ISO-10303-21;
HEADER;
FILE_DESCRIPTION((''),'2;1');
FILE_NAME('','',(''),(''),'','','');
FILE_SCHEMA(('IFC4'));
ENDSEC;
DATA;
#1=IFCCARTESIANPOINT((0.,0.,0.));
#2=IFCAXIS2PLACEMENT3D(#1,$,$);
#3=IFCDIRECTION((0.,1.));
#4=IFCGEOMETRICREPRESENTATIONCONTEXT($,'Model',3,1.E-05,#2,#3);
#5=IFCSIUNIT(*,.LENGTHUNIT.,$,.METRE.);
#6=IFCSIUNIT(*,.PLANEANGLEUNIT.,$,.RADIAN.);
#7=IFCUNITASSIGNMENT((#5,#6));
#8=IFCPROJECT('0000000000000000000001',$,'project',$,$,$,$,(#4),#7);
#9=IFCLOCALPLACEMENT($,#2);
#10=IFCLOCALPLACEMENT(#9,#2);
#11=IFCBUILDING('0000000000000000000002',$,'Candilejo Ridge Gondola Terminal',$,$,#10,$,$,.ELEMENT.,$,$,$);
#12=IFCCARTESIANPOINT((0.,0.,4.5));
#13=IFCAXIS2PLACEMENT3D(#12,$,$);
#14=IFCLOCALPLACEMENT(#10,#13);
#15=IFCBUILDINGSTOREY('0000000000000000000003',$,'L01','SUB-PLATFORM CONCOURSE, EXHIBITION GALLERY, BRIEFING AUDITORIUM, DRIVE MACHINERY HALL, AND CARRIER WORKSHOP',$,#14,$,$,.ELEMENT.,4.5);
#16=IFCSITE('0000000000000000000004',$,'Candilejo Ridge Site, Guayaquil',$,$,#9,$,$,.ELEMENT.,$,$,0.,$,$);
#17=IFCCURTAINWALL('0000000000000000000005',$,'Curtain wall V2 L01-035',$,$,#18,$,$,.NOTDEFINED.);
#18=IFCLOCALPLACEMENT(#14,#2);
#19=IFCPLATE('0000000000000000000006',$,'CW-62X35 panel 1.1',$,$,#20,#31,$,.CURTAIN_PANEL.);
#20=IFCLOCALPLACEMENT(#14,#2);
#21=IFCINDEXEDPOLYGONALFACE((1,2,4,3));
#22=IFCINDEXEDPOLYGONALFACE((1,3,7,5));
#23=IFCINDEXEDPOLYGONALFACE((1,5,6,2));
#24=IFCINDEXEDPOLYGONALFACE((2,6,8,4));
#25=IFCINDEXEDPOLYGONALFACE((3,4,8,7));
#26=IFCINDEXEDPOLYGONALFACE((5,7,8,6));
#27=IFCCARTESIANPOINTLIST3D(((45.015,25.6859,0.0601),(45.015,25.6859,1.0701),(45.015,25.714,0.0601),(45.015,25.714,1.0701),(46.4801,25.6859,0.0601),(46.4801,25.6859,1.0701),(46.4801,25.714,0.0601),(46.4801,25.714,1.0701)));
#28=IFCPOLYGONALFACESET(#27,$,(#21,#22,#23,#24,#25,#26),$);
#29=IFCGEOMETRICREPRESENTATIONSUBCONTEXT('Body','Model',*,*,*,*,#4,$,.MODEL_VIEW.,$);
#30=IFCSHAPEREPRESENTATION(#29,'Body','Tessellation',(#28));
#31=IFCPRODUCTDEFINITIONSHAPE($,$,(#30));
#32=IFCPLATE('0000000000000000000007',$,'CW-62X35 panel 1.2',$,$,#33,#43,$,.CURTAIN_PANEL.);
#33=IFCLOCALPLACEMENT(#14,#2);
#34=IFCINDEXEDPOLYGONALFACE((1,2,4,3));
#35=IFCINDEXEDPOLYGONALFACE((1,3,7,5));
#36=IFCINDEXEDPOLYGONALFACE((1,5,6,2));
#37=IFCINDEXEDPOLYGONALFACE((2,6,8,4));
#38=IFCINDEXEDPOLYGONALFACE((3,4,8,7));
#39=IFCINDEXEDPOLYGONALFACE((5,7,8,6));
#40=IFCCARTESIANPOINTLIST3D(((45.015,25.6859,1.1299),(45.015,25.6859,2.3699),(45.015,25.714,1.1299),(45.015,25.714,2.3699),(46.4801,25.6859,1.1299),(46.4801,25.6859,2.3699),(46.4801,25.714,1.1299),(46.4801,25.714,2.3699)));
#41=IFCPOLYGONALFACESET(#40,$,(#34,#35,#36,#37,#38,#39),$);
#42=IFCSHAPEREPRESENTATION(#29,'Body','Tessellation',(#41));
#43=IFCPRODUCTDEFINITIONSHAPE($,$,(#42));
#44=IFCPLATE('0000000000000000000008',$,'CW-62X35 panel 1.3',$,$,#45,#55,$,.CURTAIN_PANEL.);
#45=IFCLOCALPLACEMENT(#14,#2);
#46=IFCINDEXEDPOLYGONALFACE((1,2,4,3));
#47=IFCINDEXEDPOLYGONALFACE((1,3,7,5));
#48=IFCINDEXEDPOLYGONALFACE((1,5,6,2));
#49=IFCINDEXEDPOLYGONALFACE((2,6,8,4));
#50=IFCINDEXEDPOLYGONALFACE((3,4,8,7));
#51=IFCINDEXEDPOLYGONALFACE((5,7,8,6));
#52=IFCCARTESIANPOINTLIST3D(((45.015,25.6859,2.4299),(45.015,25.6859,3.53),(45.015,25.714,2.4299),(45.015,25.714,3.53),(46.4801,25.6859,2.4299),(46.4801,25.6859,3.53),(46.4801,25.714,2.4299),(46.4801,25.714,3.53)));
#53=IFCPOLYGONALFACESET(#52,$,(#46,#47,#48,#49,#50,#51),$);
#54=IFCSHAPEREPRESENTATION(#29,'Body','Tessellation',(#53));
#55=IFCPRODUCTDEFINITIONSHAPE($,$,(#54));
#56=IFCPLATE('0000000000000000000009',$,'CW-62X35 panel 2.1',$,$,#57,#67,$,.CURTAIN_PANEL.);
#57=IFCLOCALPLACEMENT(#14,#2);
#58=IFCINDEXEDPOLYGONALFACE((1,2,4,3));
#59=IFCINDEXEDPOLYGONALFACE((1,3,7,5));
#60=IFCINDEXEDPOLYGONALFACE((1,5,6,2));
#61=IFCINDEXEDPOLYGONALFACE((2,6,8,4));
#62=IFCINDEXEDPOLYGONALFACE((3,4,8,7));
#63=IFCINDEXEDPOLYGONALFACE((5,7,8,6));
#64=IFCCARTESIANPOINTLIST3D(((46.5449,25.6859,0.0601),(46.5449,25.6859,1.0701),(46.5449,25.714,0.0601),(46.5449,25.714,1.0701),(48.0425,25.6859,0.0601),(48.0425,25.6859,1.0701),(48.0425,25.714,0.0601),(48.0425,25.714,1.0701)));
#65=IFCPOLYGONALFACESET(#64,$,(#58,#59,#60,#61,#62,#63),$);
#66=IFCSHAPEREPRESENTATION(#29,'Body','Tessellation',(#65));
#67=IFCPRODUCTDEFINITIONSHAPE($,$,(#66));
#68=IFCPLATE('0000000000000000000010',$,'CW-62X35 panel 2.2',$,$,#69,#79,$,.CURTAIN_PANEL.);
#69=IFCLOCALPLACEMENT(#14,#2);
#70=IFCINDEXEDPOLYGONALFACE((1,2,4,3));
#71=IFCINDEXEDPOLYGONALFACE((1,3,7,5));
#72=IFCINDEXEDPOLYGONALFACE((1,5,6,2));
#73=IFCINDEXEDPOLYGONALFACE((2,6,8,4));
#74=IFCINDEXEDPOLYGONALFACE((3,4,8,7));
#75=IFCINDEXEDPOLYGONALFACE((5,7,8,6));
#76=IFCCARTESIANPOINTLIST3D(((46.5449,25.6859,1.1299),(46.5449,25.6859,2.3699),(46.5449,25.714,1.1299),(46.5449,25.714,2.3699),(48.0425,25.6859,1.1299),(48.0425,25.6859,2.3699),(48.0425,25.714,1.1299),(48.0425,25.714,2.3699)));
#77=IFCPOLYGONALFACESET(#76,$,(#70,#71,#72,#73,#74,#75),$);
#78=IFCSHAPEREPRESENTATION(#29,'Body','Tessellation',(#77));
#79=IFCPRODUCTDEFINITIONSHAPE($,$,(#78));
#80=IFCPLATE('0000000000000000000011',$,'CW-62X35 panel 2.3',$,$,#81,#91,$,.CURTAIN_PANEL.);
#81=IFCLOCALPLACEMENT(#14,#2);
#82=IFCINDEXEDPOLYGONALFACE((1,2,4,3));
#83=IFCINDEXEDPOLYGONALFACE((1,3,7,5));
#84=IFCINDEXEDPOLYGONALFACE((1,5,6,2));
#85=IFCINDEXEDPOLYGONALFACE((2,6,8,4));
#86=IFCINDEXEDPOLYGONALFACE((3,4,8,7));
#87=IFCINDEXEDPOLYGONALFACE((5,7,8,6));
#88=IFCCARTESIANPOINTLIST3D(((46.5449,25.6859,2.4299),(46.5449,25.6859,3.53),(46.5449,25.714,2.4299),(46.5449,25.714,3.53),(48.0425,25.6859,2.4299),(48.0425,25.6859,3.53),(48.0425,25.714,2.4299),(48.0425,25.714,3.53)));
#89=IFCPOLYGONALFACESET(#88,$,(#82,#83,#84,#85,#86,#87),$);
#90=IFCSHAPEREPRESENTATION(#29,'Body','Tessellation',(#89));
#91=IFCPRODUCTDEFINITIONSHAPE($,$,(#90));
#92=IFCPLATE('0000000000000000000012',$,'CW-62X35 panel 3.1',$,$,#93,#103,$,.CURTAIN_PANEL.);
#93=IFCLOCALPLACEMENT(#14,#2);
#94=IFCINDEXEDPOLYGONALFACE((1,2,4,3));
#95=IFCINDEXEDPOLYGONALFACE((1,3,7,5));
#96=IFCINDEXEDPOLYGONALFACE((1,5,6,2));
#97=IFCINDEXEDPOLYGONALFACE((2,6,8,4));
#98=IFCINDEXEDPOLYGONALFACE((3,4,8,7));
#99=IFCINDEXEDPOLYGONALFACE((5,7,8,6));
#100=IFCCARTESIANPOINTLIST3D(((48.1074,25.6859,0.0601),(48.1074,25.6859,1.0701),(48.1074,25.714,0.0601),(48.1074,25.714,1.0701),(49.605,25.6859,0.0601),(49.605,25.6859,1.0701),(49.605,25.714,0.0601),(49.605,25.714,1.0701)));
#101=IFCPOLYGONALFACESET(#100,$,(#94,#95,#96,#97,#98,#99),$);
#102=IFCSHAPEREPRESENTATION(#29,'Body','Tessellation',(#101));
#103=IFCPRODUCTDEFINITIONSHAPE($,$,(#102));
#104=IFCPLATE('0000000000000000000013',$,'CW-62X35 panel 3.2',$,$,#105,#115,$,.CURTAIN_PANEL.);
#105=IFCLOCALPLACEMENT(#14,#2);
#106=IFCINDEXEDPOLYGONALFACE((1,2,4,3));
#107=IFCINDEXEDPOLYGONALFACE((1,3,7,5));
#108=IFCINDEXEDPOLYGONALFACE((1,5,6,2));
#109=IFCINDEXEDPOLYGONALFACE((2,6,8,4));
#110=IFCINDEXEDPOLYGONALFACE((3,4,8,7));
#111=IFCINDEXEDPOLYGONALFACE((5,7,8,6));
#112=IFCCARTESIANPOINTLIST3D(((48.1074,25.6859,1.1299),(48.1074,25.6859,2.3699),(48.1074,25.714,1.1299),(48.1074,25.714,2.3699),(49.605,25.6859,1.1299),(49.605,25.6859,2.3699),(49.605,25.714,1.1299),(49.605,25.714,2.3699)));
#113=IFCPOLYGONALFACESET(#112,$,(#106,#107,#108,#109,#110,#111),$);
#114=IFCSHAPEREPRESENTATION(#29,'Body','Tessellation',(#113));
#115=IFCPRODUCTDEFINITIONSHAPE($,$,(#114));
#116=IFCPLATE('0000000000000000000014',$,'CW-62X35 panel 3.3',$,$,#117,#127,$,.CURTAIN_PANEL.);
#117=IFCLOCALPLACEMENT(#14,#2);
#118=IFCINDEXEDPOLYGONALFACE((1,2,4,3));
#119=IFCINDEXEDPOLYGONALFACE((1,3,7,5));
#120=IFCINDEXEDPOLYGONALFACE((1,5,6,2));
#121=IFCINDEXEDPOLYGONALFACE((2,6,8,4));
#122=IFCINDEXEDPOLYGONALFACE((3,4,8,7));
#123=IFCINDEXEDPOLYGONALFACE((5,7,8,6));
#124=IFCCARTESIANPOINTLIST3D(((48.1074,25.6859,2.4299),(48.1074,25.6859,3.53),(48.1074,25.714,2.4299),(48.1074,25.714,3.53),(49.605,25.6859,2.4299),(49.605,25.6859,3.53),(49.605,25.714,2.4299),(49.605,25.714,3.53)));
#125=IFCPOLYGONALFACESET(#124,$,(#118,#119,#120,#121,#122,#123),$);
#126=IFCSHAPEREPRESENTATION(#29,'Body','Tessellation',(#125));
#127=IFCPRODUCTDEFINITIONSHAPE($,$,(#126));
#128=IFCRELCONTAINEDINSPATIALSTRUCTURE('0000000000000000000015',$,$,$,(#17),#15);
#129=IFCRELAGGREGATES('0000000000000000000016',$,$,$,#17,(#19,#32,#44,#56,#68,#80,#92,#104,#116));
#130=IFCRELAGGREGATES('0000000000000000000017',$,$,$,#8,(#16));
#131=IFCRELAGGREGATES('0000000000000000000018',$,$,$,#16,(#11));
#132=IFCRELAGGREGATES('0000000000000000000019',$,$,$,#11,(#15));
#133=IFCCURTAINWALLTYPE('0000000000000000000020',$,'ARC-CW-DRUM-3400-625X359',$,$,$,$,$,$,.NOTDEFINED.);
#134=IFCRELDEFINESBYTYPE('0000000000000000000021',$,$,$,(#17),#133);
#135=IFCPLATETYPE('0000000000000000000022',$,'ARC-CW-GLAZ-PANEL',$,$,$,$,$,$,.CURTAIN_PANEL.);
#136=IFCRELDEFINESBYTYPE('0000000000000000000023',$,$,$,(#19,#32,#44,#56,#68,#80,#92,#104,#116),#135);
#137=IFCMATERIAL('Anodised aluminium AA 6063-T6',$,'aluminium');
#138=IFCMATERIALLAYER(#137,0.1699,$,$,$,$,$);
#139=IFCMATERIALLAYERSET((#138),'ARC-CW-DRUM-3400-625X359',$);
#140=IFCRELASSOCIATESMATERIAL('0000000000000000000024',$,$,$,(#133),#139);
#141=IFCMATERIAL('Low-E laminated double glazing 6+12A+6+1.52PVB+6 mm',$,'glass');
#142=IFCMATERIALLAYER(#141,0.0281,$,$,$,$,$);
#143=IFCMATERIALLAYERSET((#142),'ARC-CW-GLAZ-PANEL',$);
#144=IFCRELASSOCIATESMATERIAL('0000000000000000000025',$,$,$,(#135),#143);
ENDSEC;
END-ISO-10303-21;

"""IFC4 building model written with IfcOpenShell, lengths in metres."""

from ifc_helpers import new_model, si_unit, direction, frame, origin, origin_2d, place, context, subcontext, project, spatial, rectangle, extrude, material, layer, layer_set, type_object, element, aggregate, save


model = new_model("IFC4")

# Units and contexts
model_context = context("Model", 3, precision=1e-05, world=origin(), true_north=direction((0.0, 1.0)))
body_context = subcontext(model_context, "Body", "Model", "MODEL_VIEW")
ifc_project = project(units=[si_unit("LENGTHUNIT", "METRE"), si_unit("PLANEANGLEUNIT", "RADIAN")], contexts=[model_context])

# Site, building, storey
site_placement = place(None, origin())
site = spatial("IfcSite", under=ifc_project, at=site_placement, Name="Candilejo Ridge Site, Guayaquil", CompositionType="ELEMENT", RefElevation=0.0)
building_placement = place(site_placement, origin())
building = spatial("IfcBuilding", under=site, at=building_placement, Name="Candilejo Ridge Gondola Terminal", CompositionType="ELEMENT")
storey_placement = place(building_placement, frame((0.0, 0.0, 4.5)))
storey = spatial("IfcBuildingStorey", under=building, at=storey_placement, Name="L01", Description="SUB-PLATFORM CONCOURSE, EXHIBITION GALLERY, BRIEFING AUDITORIUM, DRIVE MACHINERY HALL, AND CARRIER WORKSHOP", CompositionType="ELEMENT", Elevation=4.5)

# Curtain wall, plates
ifc_material_1 = material(Name="Anodised aluminium AA 6063-T6", Category="aluminium")
ifc_layer_1 = layer(ifc_material_1, 0.1699)
ifc_layer_set_1 = layer_set([ifc_layer_1], Name="ARC-CW-DRUM-3400-625X359")
curtain_wall_type = type_object("IfcCurtainWallType", Name="ARC-CW-DRUM-3400-625X359", PredefinedType="NOTDEFINED", material=ifc_layer_set_1)
curtain_wall_placement = place(storey_placement, origin())
curtain_wall = element("IfcCurtainWall", 1, at=curtain_wall_placement, inside=storey, type_object=curtain_wall_type, Name="Curtain wall V2 L01-035", PredefinedType="NOTDEFINED")
ifc_material_2 = material(Name="Low-E laminated double glazing 6+12A+6+1.52PVB+6 mm", Category="glass")
ifc_layer_2 = layer(ifc_material_2, 0.0281)
ifc_layer_set_2 = layer_set([ifc_layer_2], Name="ARC-CW-GLAZ-PANEL")
plate_type = type_object("IfcPlateType", Name="ARC-CW-GLAZ-PANEL", PredefinedType="CURTAIN_PANEL", material=ifc_layer_set_2)
plate_1_placement = place(storey_placement, frame((45.7476, 25.7, 0.0601), z_axis=(0.0, 0.0, 1.0), x_axis=(1.0, 0.0, 0.0)))
plate_1 = element("IfcPlate", 2, at=plate_1_placement, type_object=plate_type, Name="CW-62X35 panel 1.1", PredefinedType="CURTAIN_PANEL", context=body_context, shape_type="SweptSolid", body=[
    extrude(rectangle(XDim=1.4651, YDim=0.0281, at=origin_2d()), origin(), (0.0, 0.0, 1.0), 1.01),
])
plate_2_placement = place(storey_placement, frame((45.7476, 25.7, 1.1299), z_axis=(0.0, 0.0, 1.0), x_axis=(1.0, 0.0, 0.0)))
plate_2 = element("IfcPlate", 3, at=plate_2_placement, type_object=plate_type, Name="CW-62X35 panel 1.2", PredefinedType="CURTAIN_PANEL", context=body_context, shape_type="SweptSolid", body=[
    extrude(rectangle(XDim=1.4651, YDim=0.0281, at=origin_2d()), origin(), (0.0, 0.0, 1.0), 1.24),
])
plate_3_placement = place(storey_placement, frame((45.7476, 25.7, 2.4299), z_axis=(0.0, 0.0, 1.0), x_axis=(1.0, 0.0, 0.0)))
plate_3 = element("IfcPlate", 4, at=plate_3_placement, type_object=plate_type, Name="CW-62X35 panel 1.3", PredefinedType="CURTAIN_PANEL", context=body_context, shape_type="SweptSolid", body=[
    extrude(rectangle(XDim=1.4651, YDim=0.0281, at=origin_2d()), origin(), (0.0, 0.0, 1.0), 1.1001),
])
plate_4_placement = place(storey_placement, frame((47.2937, 25.7, 0.0601), z_axis=(0.0, 0.0, 1.0), x_axis=(1.0, 0.0, 0.0)))
plate_4 = element("IfcPlate", 5, at=plate_4_placement, type_object=plate_type, Name="CW-62X35 panel 2.1", PredefinedType="CURTAIN_PANEL", context=body_context, shape_type="SweptSolid", body=[
    extrude(rectangle(XDim=1.4976, YDim=0.0281, at=origin_2d()), origin(), (0.0, 0.0, 1.0), 1.01),
])
plate_5_placement = place(storey_placement, frame((47.2937, 25.7, 1.1299), z_axis=(0.0, 0.0, 1.0), x_axis=(1.0, 0.0, 0.0)))
plate_5 = element("IfcPlate", 6, at=plate_5_placement, type_object=plate_type, Name="CW-62X35 panel 2.2", PredefinedType="CURTAIN_PANEL", context=body_context, shape_type="SweptSolid", body=[
    extrude(rectangle(XDim=1.4976, YDim=0.0281, at=origin_2d()), origin(), (0.0, 0.0, 1.0), 1.24),
])
plate_6_placement = place(storey_placement, frame((47.2937, 25.7, 2.4299), z_axis=(0.0, 0.0, 1.0), x_axis=(1.0, 0.0, 0.0)))
plate_6 = element("IfcPlate", 7, at=plate_6_placement, type_object=plate_type, Name="CW-62X35 panel 2.3", PredefinedType="CURTAIN_PANEL", context=body_context, shape_type="SweptSolid", body=[
    extrude(rectangle(XDim=1.4976, YDim=0.0281, at=origin_2d()), origin(), (0.0, 0.0, 1.0), 1.1001),
])
plate_7_placement = place(storey_placement, frame((48.8562, 25.7, 0.0601), z_axis=(0.0, 0.0, 1.0), x_axis=(1.0, 0.0, 0.0)))
plate_7 = element("IfcPlate", 8, at=plate_7_placement, type_object=plate_type, Name="CW-62X35 panel 3.1", PredefinedType="CURTAIN_PANEL", context=body_context, shape_type="SweptSolid", body=[
    extrude(rectangle(XDim=1.4976, YDim=0.0281, at=origin_2d()), origin(), (0.0, 0.0, 1.0), 1.01),
])
plate_8_placement = place(storey_placement, frame((48.8562, 25.7, 1.1299), z_axis=(0.0, 0.0, 1.0), x_axis=(1.0, 0.0, 0.0)))
plate_8 = element("IfcPlate", 9, at=plate_8_placement, type_object=plate_type, Name="CW-62X35 panel 3.2", PredefinedType="CURTAIN_PANEL", context=body_context, shape_type="SweptSolid", body=[
    extrude(rectangle(XDim=1.4976, YDim=0.0281, at=origin_2d()), origin(), (0.0, 0.0, 1.0), 1.24),
])
plate_9_placement = place(storey_placement, frame((48.8562, 25.7, 2.4299), z_axis=(0.0, 0.0, 1.0), x_axis=(1.0, 0.0, 0.0)))
plate_9 = element("IfcPlate", 10, at=plate_9_placement, type_object=plate_type, Name="CW-62X35 panel 3.3", PredefinedType="CURTAIN_PANEL", context=body_context, shape_type="SweptSolid", body=[
    extrude(rectangle(XDim=1.4976, YDim=0.0281, at=origin_2d()), origin(), (0.0, 0.0, 1.0), 1.1001),
])
aggregate(curtain_wall, [plate_1, plate_2, plate_3, plate_4, plate_5, plate_6, plate_7, plate_8, plate_9])

save(model, "model.ifc")
